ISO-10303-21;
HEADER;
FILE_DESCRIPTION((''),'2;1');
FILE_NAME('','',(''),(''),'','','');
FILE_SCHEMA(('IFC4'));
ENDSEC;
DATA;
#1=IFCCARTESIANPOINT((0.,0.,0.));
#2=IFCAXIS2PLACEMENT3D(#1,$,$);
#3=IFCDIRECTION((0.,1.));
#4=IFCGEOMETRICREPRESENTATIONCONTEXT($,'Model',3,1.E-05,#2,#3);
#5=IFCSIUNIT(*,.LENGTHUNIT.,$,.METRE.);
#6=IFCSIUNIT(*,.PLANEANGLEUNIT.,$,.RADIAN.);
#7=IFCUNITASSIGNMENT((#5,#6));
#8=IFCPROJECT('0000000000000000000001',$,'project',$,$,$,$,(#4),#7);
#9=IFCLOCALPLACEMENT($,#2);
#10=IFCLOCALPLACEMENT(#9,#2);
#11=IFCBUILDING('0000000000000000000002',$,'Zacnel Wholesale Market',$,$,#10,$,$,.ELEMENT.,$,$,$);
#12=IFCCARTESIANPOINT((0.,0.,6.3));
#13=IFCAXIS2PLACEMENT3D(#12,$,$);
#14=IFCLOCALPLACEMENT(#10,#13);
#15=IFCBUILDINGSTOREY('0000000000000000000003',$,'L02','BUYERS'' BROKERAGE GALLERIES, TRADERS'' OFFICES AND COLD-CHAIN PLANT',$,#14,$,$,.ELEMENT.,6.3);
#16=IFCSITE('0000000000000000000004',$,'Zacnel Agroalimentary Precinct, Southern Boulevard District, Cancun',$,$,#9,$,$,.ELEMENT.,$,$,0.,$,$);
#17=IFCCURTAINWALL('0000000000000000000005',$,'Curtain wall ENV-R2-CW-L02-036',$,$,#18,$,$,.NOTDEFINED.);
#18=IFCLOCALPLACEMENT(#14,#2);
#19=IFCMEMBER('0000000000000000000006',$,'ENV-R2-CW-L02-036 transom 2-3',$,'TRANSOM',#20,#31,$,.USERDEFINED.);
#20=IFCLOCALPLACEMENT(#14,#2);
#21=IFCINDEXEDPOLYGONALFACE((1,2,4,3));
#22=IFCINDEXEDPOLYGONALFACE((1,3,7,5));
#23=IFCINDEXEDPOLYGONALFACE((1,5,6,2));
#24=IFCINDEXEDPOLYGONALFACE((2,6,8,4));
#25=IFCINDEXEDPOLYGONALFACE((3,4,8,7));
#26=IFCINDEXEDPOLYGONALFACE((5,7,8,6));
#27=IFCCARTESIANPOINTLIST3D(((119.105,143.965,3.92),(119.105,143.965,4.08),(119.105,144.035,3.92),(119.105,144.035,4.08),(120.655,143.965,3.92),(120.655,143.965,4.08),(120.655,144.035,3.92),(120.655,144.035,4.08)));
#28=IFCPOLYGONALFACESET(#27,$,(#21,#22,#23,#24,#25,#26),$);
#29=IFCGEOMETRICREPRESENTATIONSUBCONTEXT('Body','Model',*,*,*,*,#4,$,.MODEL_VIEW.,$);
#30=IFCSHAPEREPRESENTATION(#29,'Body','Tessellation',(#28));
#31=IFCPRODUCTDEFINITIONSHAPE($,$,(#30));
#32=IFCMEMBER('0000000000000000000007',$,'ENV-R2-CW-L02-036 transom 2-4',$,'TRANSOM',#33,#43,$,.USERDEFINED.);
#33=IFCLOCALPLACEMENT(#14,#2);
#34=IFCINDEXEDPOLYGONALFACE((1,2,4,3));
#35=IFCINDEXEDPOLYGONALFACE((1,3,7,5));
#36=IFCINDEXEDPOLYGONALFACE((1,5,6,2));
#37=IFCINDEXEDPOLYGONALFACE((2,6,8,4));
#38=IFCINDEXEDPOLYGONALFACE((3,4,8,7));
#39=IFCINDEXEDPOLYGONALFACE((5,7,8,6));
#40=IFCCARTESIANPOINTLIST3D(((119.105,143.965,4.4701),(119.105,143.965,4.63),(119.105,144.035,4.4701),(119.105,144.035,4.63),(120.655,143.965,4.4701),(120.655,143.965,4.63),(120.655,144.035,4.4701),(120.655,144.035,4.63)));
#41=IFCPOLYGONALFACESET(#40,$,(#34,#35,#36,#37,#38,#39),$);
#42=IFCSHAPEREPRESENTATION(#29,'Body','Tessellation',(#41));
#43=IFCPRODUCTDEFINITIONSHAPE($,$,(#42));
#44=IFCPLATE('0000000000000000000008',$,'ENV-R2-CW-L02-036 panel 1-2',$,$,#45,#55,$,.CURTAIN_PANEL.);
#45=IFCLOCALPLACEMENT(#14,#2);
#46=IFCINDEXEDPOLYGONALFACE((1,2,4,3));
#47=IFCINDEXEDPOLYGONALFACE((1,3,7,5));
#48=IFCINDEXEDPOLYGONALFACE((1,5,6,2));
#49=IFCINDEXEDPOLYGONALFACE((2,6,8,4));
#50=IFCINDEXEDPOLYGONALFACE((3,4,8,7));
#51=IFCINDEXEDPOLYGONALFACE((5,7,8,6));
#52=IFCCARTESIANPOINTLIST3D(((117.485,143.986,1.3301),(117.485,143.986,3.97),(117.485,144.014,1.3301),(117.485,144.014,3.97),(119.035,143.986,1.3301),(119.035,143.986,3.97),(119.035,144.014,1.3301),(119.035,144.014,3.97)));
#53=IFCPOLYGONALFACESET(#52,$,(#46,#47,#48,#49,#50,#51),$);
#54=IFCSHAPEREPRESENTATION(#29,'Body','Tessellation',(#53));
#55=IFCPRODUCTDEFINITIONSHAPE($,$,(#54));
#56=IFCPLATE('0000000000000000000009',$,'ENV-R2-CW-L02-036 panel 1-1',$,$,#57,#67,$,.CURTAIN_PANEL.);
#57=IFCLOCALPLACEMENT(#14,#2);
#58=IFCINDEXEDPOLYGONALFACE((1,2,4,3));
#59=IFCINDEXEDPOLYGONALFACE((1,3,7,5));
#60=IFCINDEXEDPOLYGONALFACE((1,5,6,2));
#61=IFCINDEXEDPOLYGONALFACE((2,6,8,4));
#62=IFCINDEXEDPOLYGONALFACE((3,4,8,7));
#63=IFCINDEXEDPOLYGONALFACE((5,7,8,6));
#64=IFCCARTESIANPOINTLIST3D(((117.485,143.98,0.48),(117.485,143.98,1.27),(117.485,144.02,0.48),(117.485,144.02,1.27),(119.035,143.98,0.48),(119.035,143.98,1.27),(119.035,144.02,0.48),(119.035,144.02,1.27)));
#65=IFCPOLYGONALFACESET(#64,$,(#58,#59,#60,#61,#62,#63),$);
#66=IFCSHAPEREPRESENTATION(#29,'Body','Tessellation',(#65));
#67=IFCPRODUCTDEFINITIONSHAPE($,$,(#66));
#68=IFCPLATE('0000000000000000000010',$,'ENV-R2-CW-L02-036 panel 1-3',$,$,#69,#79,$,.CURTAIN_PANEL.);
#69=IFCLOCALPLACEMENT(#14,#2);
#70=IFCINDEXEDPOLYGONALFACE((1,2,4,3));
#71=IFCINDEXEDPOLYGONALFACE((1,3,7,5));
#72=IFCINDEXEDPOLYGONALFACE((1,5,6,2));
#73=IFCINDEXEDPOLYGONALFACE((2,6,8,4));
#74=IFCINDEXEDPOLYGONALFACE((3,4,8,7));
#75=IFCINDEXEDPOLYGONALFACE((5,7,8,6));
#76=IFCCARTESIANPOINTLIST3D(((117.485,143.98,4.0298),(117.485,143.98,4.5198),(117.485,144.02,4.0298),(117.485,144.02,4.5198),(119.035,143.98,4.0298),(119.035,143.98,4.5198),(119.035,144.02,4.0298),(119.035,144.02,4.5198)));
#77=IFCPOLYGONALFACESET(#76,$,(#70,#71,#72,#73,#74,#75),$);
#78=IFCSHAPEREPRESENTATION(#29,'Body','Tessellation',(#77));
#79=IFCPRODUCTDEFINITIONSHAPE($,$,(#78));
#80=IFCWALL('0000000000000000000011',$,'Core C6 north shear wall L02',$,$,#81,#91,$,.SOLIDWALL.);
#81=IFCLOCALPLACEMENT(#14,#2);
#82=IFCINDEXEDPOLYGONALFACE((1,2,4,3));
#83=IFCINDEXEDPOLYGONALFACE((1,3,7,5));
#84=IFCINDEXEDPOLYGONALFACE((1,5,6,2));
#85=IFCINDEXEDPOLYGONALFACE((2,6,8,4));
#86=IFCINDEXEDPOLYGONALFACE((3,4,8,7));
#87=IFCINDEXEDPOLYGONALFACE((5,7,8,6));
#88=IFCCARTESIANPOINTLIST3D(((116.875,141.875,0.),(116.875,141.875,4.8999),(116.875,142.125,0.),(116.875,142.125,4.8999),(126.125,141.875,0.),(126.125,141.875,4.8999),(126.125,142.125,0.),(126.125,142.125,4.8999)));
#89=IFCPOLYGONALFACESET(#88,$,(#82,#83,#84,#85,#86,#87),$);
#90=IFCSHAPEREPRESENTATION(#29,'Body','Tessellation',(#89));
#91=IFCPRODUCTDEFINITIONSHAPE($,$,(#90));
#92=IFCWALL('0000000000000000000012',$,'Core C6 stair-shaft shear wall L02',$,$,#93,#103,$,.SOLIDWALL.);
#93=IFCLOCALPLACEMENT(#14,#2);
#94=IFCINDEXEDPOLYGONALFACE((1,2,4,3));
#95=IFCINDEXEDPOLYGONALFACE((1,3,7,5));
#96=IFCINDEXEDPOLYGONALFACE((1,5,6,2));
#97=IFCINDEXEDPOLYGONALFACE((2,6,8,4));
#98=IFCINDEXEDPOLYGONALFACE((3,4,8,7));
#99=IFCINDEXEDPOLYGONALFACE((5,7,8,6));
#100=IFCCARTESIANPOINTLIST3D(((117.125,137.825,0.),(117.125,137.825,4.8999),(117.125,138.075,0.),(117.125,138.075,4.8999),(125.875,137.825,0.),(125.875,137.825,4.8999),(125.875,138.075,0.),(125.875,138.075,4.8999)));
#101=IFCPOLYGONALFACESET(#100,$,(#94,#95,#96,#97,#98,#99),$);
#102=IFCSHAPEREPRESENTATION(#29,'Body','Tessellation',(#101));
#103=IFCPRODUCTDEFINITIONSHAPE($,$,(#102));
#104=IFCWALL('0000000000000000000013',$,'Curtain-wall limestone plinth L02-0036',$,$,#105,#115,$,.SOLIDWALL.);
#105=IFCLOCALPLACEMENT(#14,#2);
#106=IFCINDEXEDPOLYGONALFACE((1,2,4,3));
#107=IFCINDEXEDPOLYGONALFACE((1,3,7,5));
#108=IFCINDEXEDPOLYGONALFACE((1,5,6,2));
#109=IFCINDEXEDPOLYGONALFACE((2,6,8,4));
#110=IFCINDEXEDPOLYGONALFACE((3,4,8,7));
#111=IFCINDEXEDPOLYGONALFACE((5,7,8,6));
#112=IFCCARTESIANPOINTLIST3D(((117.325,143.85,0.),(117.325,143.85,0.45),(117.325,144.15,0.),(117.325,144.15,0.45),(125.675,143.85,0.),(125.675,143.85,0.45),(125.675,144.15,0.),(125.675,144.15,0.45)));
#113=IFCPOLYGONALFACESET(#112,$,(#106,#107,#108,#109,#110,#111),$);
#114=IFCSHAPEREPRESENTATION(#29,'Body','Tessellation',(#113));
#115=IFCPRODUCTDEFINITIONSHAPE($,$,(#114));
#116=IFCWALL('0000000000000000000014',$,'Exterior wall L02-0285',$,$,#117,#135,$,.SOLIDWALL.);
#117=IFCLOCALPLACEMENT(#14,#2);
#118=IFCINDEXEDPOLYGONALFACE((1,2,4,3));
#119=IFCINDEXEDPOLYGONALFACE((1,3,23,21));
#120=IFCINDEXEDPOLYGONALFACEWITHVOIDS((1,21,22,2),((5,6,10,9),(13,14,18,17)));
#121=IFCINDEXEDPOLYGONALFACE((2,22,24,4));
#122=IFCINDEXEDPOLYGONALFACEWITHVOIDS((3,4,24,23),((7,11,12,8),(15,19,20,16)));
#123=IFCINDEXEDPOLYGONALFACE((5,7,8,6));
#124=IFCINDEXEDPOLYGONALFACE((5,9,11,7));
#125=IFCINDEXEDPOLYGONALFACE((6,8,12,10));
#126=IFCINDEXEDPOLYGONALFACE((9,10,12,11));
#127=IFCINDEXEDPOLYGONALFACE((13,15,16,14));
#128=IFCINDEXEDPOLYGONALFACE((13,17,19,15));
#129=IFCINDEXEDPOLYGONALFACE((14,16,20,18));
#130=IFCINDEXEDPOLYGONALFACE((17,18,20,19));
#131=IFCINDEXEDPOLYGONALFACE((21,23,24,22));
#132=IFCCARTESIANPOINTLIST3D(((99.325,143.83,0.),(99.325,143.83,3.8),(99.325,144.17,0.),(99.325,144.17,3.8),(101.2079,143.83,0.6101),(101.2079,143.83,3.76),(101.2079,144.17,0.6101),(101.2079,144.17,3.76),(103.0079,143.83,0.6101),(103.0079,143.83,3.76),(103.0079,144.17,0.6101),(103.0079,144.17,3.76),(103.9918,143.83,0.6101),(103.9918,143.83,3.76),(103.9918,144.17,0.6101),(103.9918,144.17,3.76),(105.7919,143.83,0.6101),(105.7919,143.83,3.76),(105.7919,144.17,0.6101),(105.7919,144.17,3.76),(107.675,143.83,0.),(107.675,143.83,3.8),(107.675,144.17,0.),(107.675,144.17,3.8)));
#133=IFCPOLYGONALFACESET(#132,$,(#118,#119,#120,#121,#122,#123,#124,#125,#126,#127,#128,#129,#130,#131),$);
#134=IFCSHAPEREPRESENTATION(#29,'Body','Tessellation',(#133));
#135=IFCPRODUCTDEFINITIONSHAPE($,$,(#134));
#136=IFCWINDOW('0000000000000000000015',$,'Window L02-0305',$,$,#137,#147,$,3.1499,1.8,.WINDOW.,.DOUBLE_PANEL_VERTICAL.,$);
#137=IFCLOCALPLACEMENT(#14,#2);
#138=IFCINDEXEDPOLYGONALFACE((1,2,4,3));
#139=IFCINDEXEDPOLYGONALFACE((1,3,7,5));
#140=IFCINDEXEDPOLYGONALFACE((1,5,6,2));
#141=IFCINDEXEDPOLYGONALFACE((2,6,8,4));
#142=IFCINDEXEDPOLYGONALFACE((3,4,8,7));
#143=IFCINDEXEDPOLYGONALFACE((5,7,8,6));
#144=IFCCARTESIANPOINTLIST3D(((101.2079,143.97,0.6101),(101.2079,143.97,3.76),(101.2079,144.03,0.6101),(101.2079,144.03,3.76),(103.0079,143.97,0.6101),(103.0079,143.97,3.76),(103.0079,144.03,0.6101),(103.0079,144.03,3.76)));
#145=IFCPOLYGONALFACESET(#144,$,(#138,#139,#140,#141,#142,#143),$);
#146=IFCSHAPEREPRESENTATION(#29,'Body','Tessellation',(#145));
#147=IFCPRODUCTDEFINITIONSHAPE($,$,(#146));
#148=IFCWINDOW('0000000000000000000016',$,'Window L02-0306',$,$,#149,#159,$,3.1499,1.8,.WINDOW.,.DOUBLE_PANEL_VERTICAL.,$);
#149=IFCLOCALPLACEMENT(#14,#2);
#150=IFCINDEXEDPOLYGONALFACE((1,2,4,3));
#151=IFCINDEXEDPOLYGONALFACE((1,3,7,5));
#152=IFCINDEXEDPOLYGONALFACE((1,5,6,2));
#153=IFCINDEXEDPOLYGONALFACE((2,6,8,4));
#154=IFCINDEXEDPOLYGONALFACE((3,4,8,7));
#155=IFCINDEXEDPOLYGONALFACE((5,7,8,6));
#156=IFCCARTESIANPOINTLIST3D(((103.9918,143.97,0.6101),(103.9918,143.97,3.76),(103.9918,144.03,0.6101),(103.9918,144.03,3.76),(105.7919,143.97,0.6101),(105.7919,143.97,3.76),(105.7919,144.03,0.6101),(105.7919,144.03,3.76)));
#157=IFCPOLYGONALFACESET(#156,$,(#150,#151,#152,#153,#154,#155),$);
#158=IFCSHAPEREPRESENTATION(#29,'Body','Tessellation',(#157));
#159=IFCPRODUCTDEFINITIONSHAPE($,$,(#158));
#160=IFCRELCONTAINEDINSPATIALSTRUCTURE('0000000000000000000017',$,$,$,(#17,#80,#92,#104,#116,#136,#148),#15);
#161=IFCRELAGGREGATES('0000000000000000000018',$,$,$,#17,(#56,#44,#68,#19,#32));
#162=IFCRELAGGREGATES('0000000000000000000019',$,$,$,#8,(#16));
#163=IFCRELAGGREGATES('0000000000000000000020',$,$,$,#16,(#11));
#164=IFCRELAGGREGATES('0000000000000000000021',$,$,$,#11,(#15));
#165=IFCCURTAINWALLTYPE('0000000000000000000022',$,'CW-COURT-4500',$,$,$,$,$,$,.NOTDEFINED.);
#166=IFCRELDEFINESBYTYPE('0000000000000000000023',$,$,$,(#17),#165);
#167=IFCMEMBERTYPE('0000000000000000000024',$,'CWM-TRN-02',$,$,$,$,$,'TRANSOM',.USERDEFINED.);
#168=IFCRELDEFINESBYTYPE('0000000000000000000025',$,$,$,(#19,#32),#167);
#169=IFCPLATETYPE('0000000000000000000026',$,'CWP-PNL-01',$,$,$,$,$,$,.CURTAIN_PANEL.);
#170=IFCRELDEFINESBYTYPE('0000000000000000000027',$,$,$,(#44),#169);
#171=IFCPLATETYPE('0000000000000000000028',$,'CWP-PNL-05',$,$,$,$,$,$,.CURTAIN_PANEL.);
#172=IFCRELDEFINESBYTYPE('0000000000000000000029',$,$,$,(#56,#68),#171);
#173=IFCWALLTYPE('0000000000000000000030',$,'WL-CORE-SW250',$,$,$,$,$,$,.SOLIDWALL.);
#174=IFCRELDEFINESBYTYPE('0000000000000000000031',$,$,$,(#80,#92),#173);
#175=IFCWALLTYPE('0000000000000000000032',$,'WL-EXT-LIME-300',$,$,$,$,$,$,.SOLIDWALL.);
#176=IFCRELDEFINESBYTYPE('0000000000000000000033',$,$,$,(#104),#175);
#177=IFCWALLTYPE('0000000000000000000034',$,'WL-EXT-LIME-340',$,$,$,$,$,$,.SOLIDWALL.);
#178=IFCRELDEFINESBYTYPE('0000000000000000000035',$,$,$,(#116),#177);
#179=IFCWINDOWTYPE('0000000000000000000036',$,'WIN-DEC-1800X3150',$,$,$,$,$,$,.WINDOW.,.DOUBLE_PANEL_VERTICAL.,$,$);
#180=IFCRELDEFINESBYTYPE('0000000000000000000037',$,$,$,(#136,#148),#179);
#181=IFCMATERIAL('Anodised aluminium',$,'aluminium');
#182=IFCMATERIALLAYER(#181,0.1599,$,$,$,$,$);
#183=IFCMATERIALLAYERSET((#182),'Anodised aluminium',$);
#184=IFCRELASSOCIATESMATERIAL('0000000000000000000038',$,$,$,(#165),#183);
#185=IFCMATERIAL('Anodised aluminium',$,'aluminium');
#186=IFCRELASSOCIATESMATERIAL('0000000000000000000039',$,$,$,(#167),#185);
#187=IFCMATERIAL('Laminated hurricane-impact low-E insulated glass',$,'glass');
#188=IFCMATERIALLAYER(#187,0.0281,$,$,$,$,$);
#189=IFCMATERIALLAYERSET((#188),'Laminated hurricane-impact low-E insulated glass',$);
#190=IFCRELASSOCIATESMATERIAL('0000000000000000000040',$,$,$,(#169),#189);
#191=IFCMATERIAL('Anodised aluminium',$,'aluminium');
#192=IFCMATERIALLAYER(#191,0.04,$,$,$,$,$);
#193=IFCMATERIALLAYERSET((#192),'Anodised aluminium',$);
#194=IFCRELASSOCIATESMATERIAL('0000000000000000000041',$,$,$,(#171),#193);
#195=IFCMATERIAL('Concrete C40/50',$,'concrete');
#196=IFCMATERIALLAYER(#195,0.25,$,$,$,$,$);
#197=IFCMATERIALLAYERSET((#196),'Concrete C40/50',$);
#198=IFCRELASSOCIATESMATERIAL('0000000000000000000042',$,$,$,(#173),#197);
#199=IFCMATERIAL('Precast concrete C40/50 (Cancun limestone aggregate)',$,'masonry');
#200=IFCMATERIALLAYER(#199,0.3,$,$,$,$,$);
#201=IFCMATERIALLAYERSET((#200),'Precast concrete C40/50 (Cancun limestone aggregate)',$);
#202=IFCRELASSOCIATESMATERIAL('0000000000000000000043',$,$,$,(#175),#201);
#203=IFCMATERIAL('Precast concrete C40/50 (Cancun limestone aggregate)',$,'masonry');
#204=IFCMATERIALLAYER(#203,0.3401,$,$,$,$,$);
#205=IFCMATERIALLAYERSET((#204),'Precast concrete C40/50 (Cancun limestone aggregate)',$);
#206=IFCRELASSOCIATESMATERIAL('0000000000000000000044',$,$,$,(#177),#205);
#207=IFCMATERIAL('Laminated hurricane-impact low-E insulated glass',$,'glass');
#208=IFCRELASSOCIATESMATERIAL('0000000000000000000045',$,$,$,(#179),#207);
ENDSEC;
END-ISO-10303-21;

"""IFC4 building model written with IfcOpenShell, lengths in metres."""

from ifc_helpers import new_model, si_unit, direction, frame, frame_2d, origin, origin_2d, place, context, subcontext, project, spatial, rectangle, extrude, material, layer, layer_set, material_profile, profile_set, type_object, element, fill, aggregate, save


model = new_model("IFC4")

# Units and contexts
model_context = context("Model", 3, precision=1e-05, world=origin(), true_north=direction((0.0, 1.0)))
body_context = subcontext(model_context, "Body", "Model", "MODEL_VIEW")
ifc_project = project(units=[si_unit("LENGTHUNIT", "METRE"), si_unit("PLANEANGLEUNIT", "RADIAN")], contexts=[model_context])

# Site, building, storey
site_placement = place(None, origin())
site = spatial("IfcSite", under=ifc_project, at=site_placement, Name="Zacnel Agroalimentary Precinct, Southern Boulevard District, Cancun", CompositionType="ELEMENT", RefElevation=0.0)
building_placement = place(site_placement, origin())
building = spatial("IfcBuilding", under=site, at=building_placement, Name="Zacnel Wholesale Market", CompositionType="ELEMENT")
storey_placement = place(building_placement, frame((0.0, 0.0, 6.3)))
storey = spatial("IfcBuildingStorey", under=building, at=storey_placement, Name="L02", Description="BUYERS' BROKERAGE GALLERIES, TRADERS' OFFICES AND COLD-CHAIN PLANT", CompositionType="ELEMENT", Elevation=6.3)

# Shared definitions
ifc_material_1 = material(Name="Anodised aluminium", Category="aluminium")
ifc_layer_1 = layer(ifc_material_1, 0.1599)
ifc_layer_set_1 = layer_set([ifc_layer_1], Name="Anodised aluminium")
curtain_wall_type = type_object("IfcCurtainWallType", Name="CW-COURT-4500", PredefinedType="NOTDEFINED", material=ifc_layer_set_1)

# Curtain wall, members, plates
curtain_wall_1_placement = place(storey_placement, origin())
curtain_wall_1 = element("IfcCurtainWall", 1, at=curtain_wall_1_placement, inside=storey, type_object=curtain_wall_type, Name="Curtain wall ENV-R2-CW-L02-036", PredefinedType="NOTDEFINED")
ifc_material_2 = material(Name="Anodised aluminium", Category="aluminium")
ifc_material_profile_1 = material_profile(ifc_material_2, rectangle(XDim=0.0701, YDim=0.1599, at=origin_2d()), Name="AW-TRANSOM 70x160")
ifc_profile_set_1 = profile_set([ifc_material_profile_1], Name="Anodised aluminium")
member_type_1 = type_object("IfcMemberType", Name="CWM-TRN-02", ElementType="TRANSOM", PredefinedType="USERDEFINED", material=ifc_profile_set_1)
member_1_placement = place(storey_placement, frame((119.105, 144.0, 4.0), z_axis=(1.0, 0.0, 0.0), x_axis=(0.0, 1.0, 0.0)))
member_1 = element("IfcMember", 2, at=member_1_placement, type_object=member_type_1, Name="ENV-R2-CW-L02-036 transom 2-3", ObjectType="TRANSOM", PredefinedType="USERDEFINED", context=body_context, shape_type="SweptSolid", body=[
    extrude(rectangle(XDim=0.0701, YDim=0.1599, at=origin_2d()), origin(), (0.0, 0.0, 1.0), 1.55),
])
member_2_placement = place(storey_placement, frame((119.105, 144.0, 4.55), z_axis=(1.0, 0.0, 0.0), x_axis=(0.0, 1.0, 0.0)))
member_2 = element("IfcMember", 3, at=member_2_placement, type_object=member_type_1, Name="ENV-R2-CW-L02-036 transom 2-4", ObjectType="TRANSOM", PredefinedType="USERDEFINED", context=body_context, shape_type="SweptSolid", body=[
    extrude(rectangle(XDim=0.0701, YDim=0.1599, at=origin_2d()), origin(), (0.0, 0.0, 1.0), 1.55),
])
ifc_material_3 = material(Name="Laminated hurricane-impact low-E insulated glass", Category="glass")
ifc_layer_2 = layer(ifc_material_3, 0.0281)
ifc_layer_set_2 = layer_set([ifc_layer_2], Name="Laminated hurricane-impact low-E insulated glass")
plate_type_1 = type_object("IfcPlateType", Name="CWP-PNL-01", PredefinedType="CURTAIN_PANEL", material=ifc_layer_set_2)
plate_1_placement = place(storey_placement, frame((118.26, 144.0, 1.3301), z_axis=(0.0, 0.0, 1.0), x_axis=(1.0, 0.0, 0.0)))
plate_1 = element("IfcPlate", 4, at=plate_1_placement, type_object=plate_type_1, Name="ENV-R2-CW-L02-036 panel 1-2", PredefinedType="CURTAIN_PANEL", context=body_context, shape_type="SweptSolid", body=[
    extrude(rectangle(XDim=1.55, YDim=0.0281, at=origin_2d()), origin(), (0.0, 0.0, 1.0), 2.6399),
])
ifc_material_4 = material(Name="Anodised aluminium", Category="aluminium")
ifc_layer_3 = layer(ifc_material_4, 0.04)
ifc_layer_set_3 = layer_set([ifc_layer_3], Name="Anodised aluminium")
plate_type_2 = type_object("IfcPlateType", Name="CWP-PNL-05", PredefinedType="CURTAIN_PANEL", material=ifc_layer_set_3)
plate_2_placement = place(storey_placement, frame((118.26, 144.0, 0.48), z_axis=(0.0, 0.0, 1.0), x_axis=(1.0, 0.0, 0.0)))
plate_2 = element("IfcPlate", 5, at=plate_2_placement, type_object=plate_type_2, Name="ENV-R2-CW-L02-036 panel 1-1", PredefinedType="CURTAIN_PANEL", context=body_context, shape_type="SweptSolid", body=[
    extrude(rectangle(XDim=1.55, YDim=0.04, at=origin_2d()), origin(), (0.0, 0.0, 1.0), 0.79),
])
plate_3_placement = place(storey_placement, frame((118.26, 144.0, 4.0298), z_axis=(0.0, 0.0, 1.0), x_axis=(1.0, 0.0, 0.0)))
plate_3 = element("IfcPlate", 6, at=plate_3_placement, type_object=plate_type_2, Name="ENV-R2-CW-L02-036 panel 1-3", PredefinedType="CURTAIN_PANEL", context=body_context, shape_type="SweptSolid", body=[
    extrude(rectangle(XDim=1.55, YDim=0.04, at=origin_2d()), origin(), (0.0, 0.0, 1.0), 0.49),
])
aggregate(curtain_wall_1, [plate_2, plate_1, plate_3, member_1, member_2])

# Walls
ifc_material_5 = material(Name="Concrete C40/50", Category="concrete")
ifc_layer_4 = layer(ifc_material_5, 0.25)
ifc_layer_set_4 = layer_set([ifc_layer_4], Name="Concrete C40/50")
wall_type_1 = type_object("IfcWallType", Name="WL-CORE-SW250", PredefinedType="SOLIDWALL", material=ifc_layer_set_4)
wall_1_placement = place(storey_placement, frame((116.875, 142.0, 0.0), z_axis=(0.0, 0.0, 1.0), x_axis=(1.0, 0.0, 0.0)))
element("IfcWall", 7, at=wall_1_placement, inside=storey, type_object=wall_type_1, Name="Core C6 north shear wall L02", PredefinedType="SOLIDWALL", context=body_context, shape_type="SweptSolid", body=[
    extrude(rectangle(XDim=9.25, YDim=0.25, at=frame_2d((4.625, 0.0))), origin(), (0.0, 0.0, 1.0), 4.8999),
])
wall_2_placement = place(storey_placement, frame((117.125, 137.95, 0.0), z_axis=(0.0, 0.0, 1.0), x_axis=(1.0, 0.0, 0.0)))
element("IfcWall", 8, at=wall_2_placement, inside=storey, type_object=wall_type_1, Name="Core C6 stair-shaft shear wall L02", PredefinedType="SOLIDWALL", context=body_context, shape_type="SweptSolid", body=[
    extrude(rectangle(XDim=8.75, YDim=0.25, at=frame_2d((4.375, 0.0))), origin(), (0.0, 0.0, 1.0), 4.8999),
])
ifc_material_6 = material(Name="Precast concrete C40/50 (Cancun limestone aggregate)", Category="masonry")
ifc_layer_5 = layer(ifc_material_6, 0.3)
ifc_layer_set_5 = layer_set([ifc_layer_5], Name="Precast concrete C40/50 (Cancun limestone aggregate)")
wall_type_2 = type_object("IfcWallType", Name="WL-EXT-LIME-300", PredefinedType="SOLIDWALL", material=ifc_layer_set_5)
wall_3_placement = place(storey_placement, frame((117.325, 144.0, 0.0), z_axis=(0.0, 0.0, 1.0), x_axis=(1.0, 0.0, 0.0)))
element("IfcWall", 9, at=wall_3_placement, inside=storey, type_object=wall_type_2, Name="Curtain-wall limestone plinth L02-0036", PredefinedType="SOLIDWALL", context=body_context, shape_type="SweptSolid", body=[
    extrude(rectangle(XDim=8.3501, YDim=0.3, at=frame_2d((4.175, 0.0))), origin(), (0.0, 0.0, 1.0), 0.45),
])

# Wall, openings, windows
ifc_material_7 = material(Name="Precast concrete C40/50 (Cancun limestone aggregate)", Category="masonry")
ifc_layer_6 = layer(ifc_material_7, 0.3401)
ifc_layer_set_6 = layer_set([ifc_layer_6], Name="Precast concrete C40/50 (Cancun limestone aggregate)")
wall_type_3 = type_object("IfcWallType", Name="WL-EXT-LIME-340", PredefinedType="SOLIDWALL", material=ifc_layer_set_6)
wall_4_placement = place(storey_placement, frame((99.325, 144.0, 0.0), z_axis=(0.0, 0.0, 1.0), x_axis=(1.0, 0.0, 0.0)))
wall_4 = element("IfcWall", 10, at=wall_4_placement, inside=storey, type_object=wall_type_3, Name="Exterior wall L02-0285", PredefinedType="SOLIDWALL", context=body_context, shape_type="SweptSolid", body=[
    extrude(rectangle(XDim=8.3501, YDim=0.3401, at=frame_2d((4.175, 0.0))), origin(), (0.0, 0.0, 1.0), 3.8),
])
opening_1_placement = place(wall_4_placement, frame((1.8831, 0.0, 0.6101)))
opening_1 = element("IfcOpeningElement", 11, at=opening_1_placement, cuts=wall_4, PredefinedType="OPENING", context=body_context, shape_type="SweptSolid", body=[
    extrude(rectangle(XDim=1.8, YDim=3.1499, at=frame_2d((0.8999, 1.575))), frame((0.0, 0.1799, 0.0), z_axis=(0.0, -1.0, 0.0), x_axis=(1.0, 0.0, 0.0)), (0.0, 0.0, 1.0), 0.3601),
])
opening_2_placement = place(wall_4_placement, frame((4.667, 0.0, 0.6101)))
opening_2 = element("IfcOpeningElement", 12, at=opening_2_placement, cuts=wall_4, PredefinedType="OPENING", context=body_context, shape_type="SweptSolid", body=[
    extrude(rectangle(XDim=1.8, YDim=3.1499, at=frame_2d((0.8999, 1.575))), frame((0.0, 0.1799, 0.0), z_axis=(0.0, -1.0, 0.0), x_axis=(1.0, 0.0, 0.0)), (0.0, 0.0, 1.0), 0.3601),
])
ifc_material_8 = material(Name="Laminated hurricane-impact low-E insulated glass", Category="glass")
window_type = type_object("IfcWindowType", Name="WIN-DEC-1800X3150", PartitioningType="DOUBLE_PANEL_VERTICAL", PredefinedType="WINDOW", material=ifc_material_8)
window_1_placement = place(opening_1_placement, origin())
window_1 = element("IfcWindow", 13, at=window_1_placement, inside=storey, type_object=window_type, Name="Window L02-0305", OverallHeight=3.1499, OverallWidth=1.8, PartitioningType="DOUBLE_PANEL_VERTICAL", PredefinedType="WINDOW", context=body_context, shape_type="SweptSolid", body=[
    extrude(rectangle(XDim=1.8, YDim=3.1499, at=frame_2d((0.8999, 1.575))), frame((0.0, 0.03, 0.0), z_axis=(0.0, -1.0, 0.0), x_axis=(1.0, 0.0, 0.0)), (0.0, 0.0, 1.0), 0.0601),
])
fill(opening_1, window_1)
window_2_placement = place(opening_2_placement, origin())
window_2 = element("IfcWindow", 14, at=window_2_placement, inside=storey, type_object=window_type, Name="Window L02-0306", OverallHeight=3.1499, OverallWidth=1.8, PartitioningType="DOUBLE_PANEL_VERTICAL", PredefinedType="WINDOW", context=body_context, shape_type="SweptSolid", body=[
    extrude(rectangle(XDim=1.8, YDim=3.1499, at=frame_2d((0.8999, 1.575))), frame((0.0, 0.03, 0.0), z_axis=(0.0, -1.0, 0.0), x_axis=(1.0, 0.0, 0.0)), (0.0, 0.0, 1.0), 0.0601),
])
fill(opening_2, window_2)

save(model, "model.ifc")
